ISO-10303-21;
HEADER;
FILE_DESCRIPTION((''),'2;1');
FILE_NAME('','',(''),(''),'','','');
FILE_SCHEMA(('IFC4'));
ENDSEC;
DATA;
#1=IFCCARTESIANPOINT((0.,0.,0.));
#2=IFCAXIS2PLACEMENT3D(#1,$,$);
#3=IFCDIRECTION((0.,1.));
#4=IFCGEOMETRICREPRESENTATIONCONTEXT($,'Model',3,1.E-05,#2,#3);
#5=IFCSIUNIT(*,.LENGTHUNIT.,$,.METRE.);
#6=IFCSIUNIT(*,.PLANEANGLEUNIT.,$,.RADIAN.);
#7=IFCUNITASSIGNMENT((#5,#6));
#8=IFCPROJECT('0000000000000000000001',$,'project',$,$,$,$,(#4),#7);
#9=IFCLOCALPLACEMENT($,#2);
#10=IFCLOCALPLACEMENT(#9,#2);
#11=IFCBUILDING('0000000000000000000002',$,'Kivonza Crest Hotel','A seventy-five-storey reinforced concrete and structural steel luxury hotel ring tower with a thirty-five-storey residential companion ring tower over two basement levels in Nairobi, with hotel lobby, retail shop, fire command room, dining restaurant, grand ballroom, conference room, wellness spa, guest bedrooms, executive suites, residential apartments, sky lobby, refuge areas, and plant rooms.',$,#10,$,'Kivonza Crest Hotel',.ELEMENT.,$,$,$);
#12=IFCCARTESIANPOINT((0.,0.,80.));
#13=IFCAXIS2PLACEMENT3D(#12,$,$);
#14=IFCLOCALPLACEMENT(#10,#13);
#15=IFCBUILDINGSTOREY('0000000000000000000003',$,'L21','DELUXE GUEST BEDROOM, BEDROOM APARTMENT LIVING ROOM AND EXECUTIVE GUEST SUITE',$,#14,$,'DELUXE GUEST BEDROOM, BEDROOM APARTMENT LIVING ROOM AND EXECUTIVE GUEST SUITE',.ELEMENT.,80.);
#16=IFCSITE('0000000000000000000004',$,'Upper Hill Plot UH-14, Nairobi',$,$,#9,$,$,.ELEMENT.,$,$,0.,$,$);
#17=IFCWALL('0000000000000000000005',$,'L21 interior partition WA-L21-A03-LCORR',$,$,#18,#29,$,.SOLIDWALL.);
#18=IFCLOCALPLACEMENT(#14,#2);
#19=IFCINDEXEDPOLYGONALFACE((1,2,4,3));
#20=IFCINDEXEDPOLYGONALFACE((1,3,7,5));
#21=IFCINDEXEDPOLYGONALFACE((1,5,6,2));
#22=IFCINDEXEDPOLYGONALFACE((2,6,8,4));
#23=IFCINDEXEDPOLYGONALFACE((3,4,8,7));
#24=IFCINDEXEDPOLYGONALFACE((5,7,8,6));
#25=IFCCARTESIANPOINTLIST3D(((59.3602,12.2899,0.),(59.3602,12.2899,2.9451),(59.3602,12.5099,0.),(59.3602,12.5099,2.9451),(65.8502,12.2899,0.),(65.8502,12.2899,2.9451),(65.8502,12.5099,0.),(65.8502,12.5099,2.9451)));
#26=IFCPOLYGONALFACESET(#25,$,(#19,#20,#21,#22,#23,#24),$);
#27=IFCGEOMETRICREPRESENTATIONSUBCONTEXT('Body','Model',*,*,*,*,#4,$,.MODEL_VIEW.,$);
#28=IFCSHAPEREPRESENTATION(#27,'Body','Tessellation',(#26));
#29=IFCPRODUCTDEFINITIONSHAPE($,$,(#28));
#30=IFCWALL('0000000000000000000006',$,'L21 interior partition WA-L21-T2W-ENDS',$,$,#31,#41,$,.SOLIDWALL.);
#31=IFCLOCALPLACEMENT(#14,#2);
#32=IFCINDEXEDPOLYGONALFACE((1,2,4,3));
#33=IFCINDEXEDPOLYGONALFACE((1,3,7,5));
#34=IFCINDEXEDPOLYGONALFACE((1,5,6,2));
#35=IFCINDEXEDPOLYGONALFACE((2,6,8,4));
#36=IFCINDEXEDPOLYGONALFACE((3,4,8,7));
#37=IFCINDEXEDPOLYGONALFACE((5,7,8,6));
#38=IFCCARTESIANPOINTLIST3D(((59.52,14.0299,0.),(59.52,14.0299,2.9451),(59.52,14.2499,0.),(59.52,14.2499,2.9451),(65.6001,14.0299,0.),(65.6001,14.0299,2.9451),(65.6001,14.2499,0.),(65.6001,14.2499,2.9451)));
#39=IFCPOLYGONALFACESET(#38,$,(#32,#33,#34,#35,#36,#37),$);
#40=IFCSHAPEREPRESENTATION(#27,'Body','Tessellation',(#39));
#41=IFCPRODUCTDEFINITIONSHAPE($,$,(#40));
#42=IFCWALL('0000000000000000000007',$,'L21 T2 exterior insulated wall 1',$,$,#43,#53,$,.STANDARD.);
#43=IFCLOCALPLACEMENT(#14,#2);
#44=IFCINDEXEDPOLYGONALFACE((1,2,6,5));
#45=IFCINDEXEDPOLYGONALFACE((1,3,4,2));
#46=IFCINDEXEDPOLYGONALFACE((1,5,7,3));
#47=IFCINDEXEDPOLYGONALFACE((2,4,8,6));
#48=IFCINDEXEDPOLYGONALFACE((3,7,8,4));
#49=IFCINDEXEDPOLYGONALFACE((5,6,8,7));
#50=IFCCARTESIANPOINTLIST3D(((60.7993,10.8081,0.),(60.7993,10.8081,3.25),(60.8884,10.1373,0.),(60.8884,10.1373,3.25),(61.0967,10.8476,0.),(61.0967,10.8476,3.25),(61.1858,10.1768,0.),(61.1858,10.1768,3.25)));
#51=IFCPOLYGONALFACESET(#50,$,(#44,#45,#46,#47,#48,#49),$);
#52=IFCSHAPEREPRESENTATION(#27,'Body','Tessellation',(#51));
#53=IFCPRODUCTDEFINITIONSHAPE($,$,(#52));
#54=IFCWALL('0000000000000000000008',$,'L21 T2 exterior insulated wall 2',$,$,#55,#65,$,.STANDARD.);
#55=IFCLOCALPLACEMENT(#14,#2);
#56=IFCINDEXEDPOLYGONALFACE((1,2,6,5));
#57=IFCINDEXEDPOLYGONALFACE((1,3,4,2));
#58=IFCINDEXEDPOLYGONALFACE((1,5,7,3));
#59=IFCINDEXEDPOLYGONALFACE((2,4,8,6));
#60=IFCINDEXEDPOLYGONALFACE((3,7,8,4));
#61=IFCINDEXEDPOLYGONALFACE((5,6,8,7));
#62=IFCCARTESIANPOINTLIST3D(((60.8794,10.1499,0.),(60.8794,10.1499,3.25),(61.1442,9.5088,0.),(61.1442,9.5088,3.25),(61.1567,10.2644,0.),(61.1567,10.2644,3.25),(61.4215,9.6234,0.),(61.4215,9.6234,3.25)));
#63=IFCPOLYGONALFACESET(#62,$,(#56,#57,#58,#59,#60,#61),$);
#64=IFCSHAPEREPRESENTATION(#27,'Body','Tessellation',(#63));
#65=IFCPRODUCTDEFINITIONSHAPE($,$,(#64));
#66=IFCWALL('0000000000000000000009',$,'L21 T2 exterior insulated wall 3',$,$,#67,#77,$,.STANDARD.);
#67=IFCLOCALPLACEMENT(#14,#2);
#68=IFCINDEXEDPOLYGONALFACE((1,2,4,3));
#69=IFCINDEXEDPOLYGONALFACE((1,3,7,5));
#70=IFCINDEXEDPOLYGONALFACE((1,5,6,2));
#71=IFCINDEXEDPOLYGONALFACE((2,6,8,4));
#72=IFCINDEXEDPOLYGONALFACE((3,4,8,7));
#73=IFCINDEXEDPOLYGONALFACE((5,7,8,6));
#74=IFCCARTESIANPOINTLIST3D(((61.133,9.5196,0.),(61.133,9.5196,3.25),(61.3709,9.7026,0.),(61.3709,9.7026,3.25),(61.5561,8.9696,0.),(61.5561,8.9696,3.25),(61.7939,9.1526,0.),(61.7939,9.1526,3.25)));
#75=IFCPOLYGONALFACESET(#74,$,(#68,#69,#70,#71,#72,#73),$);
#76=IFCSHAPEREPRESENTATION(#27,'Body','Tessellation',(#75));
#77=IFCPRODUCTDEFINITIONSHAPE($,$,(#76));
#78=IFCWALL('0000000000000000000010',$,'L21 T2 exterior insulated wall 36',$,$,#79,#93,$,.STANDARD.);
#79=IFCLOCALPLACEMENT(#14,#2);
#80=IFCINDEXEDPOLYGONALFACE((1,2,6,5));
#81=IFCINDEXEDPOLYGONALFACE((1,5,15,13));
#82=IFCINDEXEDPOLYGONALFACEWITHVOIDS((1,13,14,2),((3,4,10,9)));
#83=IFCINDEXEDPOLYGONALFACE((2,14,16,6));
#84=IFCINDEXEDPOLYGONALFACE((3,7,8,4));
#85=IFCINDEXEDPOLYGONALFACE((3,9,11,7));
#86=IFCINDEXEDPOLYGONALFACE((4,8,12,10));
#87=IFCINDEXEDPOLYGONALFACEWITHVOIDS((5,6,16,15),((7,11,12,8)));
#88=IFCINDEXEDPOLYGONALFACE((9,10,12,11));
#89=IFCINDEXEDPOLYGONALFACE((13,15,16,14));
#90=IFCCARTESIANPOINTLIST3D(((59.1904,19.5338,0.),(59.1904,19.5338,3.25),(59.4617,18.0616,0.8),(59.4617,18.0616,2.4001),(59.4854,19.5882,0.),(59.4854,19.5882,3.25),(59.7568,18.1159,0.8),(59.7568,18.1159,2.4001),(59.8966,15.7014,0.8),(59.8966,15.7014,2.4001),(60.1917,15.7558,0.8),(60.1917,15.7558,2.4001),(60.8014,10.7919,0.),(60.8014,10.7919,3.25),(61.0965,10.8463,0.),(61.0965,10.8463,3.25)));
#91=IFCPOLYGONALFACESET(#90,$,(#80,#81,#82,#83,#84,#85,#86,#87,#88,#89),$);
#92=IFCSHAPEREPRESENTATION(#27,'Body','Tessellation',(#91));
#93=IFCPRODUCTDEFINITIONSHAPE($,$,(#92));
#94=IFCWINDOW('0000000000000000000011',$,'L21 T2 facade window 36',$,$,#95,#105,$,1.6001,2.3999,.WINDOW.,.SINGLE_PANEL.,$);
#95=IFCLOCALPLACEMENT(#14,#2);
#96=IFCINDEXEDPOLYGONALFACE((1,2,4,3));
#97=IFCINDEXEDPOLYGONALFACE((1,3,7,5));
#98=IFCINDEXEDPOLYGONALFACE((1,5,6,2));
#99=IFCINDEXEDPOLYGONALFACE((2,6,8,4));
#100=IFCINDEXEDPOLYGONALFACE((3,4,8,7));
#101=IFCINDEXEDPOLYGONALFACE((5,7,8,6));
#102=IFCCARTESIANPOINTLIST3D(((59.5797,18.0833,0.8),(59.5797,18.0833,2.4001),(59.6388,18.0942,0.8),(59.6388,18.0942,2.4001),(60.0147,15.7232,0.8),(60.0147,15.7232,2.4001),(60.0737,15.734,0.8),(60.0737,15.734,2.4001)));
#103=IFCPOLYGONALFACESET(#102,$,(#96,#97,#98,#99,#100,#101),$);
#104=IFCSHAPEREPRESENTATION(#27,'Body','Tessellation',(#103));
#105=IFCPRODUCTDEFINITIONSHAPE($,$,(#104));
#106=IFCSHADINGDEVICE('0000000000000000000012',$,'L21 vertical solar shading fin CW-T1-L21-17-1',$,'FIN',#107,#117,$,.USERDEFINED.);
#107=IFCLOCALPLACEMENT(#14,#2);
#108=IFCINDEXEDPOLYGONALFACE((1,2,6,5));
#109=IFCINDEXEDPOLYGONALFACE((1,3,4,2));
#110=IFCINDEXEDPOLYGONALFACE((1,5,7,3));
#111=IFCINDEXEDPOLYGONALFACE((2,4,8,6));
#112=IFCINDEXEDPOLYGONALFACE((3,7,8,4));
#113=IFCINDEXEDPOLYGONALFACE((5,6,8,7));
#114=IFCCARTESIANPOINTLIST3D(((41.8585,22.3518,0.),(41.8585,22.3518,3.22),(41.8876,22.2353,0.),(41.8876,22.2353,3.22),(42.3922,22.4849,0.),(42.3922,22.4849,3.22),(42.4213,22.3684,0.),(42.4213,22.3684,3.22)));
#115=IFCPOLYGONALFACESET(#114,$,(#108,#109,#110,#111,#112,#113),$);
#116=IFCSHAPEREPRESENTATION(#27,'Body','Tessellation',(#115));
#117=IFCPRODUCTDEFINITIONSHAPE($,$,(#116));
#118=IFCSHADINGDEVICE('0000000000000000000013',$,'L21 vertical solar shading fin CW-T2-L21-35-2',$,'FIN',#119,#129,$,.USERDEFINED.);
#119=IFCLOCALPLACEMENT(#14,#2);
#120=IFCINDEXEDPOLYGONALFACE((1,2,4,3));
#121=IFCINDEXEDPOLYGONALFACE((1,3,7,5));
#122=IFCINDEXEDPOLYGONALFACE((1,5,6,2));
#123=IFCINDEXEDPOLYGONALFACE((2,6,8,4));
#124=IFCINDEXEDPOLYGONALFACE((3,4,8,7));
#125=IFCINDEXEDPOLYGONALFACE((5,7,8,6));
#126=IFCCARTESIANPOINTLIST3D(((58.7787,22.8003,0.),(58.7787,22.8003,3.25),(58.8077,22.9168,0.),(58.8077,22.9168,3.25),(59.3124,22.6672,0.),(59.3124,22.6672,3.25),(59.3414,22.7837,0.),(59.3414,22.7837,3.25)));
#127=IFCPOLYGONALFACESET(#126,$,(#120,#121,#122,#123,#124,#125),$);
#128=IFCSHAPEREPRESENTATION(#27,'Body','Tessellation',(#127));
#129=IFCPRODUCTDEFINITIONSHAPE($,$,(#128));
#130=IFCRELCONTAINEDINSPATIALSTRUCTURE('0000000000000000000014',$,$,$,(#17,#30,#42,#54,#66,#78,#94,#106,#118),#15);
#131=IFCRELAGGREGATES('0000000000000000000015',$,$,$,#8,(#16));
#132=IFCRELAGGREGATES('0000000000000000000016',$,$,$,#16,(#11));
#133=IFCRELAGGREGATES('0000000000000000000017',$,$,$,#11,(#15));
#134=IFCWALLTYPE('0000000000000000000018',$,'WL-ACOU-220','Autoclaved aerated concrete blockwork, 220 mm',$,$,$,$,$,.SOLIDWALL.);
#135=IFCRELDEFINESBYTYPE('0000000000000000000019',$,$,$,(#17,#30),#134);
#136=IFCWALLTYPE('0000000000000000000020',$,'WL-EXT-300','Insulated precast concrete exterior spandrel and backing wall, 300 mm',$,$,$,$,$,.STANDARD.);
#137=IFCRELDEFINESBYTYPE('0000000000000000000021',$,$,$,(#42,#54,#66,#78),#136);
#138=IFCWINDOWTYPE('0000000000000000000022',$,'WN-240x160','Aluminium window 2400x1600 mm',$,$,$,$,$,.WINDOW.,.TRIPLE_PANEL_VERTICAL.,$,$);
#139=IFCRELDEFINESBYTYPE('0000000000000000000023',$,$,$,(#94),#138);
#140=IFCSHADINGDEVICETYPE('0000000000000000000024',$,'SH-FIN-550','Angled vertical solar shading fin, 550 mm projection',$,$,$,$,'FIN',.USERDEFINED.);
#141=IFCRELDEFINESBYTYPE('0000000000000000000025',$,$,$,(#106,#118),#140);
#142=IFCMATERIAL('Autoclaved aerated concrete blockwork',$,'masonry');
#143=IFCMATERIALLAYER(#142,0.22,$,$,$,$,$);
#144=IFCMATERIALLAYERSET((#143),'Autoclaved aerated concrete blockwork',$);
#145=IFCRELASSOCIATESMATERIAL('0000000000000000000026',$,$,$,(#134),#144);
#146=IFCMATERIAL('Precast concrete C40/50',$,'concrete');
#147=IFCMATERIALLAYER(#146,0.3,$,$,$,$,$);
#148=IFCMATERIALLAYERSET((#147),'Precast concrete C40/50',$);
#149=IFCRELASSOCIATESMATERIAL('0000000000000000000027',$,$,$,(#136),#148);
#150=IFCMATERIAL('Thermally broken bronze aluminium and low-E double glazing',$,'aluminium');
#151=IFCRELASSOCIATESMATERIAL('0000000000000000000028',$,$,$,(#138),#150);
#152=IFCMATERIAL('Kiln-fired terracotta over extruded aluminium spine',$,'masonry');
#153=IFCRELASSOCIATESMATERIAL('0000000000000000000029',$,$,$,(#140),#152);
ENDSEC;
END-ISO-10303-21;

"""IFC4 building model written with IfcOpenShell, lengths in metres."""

from ifc_helpers import new_model, si_unit, direction, frame, frame_2d, origin, origin_2d, place, context, subcontext, project, spatial, rectangle, extrude, material, layer, layer_set, type_object, element, fill, save


model = new_model("IFC4")

# Units and contexts
model_context = context("Model", 3, precision=1e-05, world=origin(), true_north=direction((0.0, 1.0)))
body_context = subcontext(model_context, "Body", "Model", "MODEL_VIEW")
ifc_project = project(units=[si_unit("LENGTHUNIT", "METRE"), si_unit("PLANEANGLEUNIT", "RADIAN")], contexts=[model_context])

# Site, building, storey
site_placement = place(None, origin())
site = spatial("IfcSite", under=ifc_project, at=site_placement, Name="Upper Hill Plot UH-14, Nairobi", CompositionType="ELEMENT", RefElevation=0.0)
building_placement = place(site_placement, origin())
building = spatial("IfcBuilding", under=site, at=building_placement, Name="Kivonza Crest Hotel", Description="A seventy-five-storey reinforced concrete and structural steel luxury hotel ring tower with a thirty-five-storey residential companion ring tower over two basement levels in Nairobi, with hotel lobby, retail shop, fire command room, dining restaurant, grand ballroom, conference room, wellness spa, guest bedrooms, executive suites, residential apartments, sky lobby, refuge areas, and plant rooms.", LongName="Kivonza Crest Hotel", CompositionType="ELEMENT")
storey_placement = place(building_placement, frame((0.0, 0.0, 80.0)))
storey = spatial("IfcBuildingStorey", under=building, at=storey_placement, Name="L21", Description="DELUXE GUEST BEDROOM, BEDROOM APARTMENT LIVING ROOM AND EXECUTIVE GUEST SUITE", LongName="DELUXE GUEST BEDROOM, BEDROOM APARTMENT LIVING ROOM AND EXECUTIVE GUEST SUITE", CompositionType="ELEMENT", Elevation=80.0)

# Walls
ifc_material_1 = material(Name="Autoclaved aerated concrete blockwork", Category="masonry")
ifc_layer_1 = layer(ifc_material_1, 0.22)
ifc_layer_set_1 = layer_set([ifc_layer_1], Name="Autoclaved aerated concrete blockwork")
wall_type_1 = type_object("IfcWallType", Name="WL-ACOU-220", Description="Autoclaved aerated concrete blockwork, 220 mm", PredefinedType="SOLIDWALL", material=ifc_layer_set_1)
wall_1_placement = place(storey_placement, frame((59.3601, 12.3999, 0.0), z_axis=(0.0, 0.0, 1.0), x_axis=(1.0, 0.0, 0.0)))
element("IfcWall", 1, at=wall_1_placement, inside=storey, type_object=wall_type_1, Name="L21 interior partition WA-L21-A03-LCORR", PredefinedType="SOLIDWALL", context=body_context, shape_type="SweptSolid", body=[
    extrude(rectangle(XDim=6.49, YDim=0.22, at=frame_2d((3.2451, 0.0))), origin(), (0.0, 0.0, 1.0), 2.9451),
])
wall_2_placement = place(storey_placement, frame((59.52, 14.1399, 0.0), z_axis=(0.0, 0.0, 1.0), x_axis=(1.0, 0.0, 0.0)))
element("IfcWall", 2, at=wall_2_placement, inside=storey, type_object=wall_type_1, Name="L21 interior partition WA-L21-T2W-ENDS", PredefinedType="SOLIDWALL", context=body_context, shape_type="SweptSolid", body=[
    extrude(rectangle(XDim=6.0801, YDim=0.22, at=frame_2d((3.04, 0.0))), origin(), (0.0, 0.0, 1.0), 2.9451),
])
ifc_material_2 = material(Name="Precast concrete C40/50", Category="concrete")
ifc_layer_2 = layer(ifc_material_2, 0.3)
ifc_layer_set_2 = layer_set([ifc_layer_2], Name="Precast concrete C40/50")
wall_type_2 = type_object("IfcWallType", Name="WL-EXT-300", Description="Insulated precast concrete exterior spandrel and backing wall, 300 mm", PredefinedType="STANDARD", material=ifc_layer_set_2)
wall_3_placement = place(storey_placement, frame((60.948, 10.8279, 0.0), z_axis=(0.0, 0.0, 1.0), x_axis=(0.131667, -0.991294, 0.0)))
element("IfcWall", 3, at=wall_3_placement, inside=storey, type_object=wall_type_2, Name="L21 T2 exterior insulated wall 1", PredefinedType="STANDARD", context=body_context, shape_type="SweptSolid", body=[
    extrude(rectangle(XDim=0.6768, YDim=0.3, at=frame_2d((0.3384, 0.0))), origin(), (0.0, 0.0, 1.0), 3.25),
])
wall_4_placement = place(storey_placement, frame((61.0181, 10.207, 0.0), z_axis=(0.0, 0.0, 1.0), x_axis=(0.381865, -0.924218, 0.0)))
element("IfcWall", 4, at=wall_4_placement, inside=storey, type_object=wall_type_2, Name="L21 T2 exterior insulated wall 2", PredefinedType="STANDARD", context=body_context, shape_type="SweptSolid", body=[
    extrude(rectangle(XDim=0.6936, YDim=0.3, at=frame_2d((0.3467, 0.0))), origin(), (0.0, 0.0, 1.0), 3.25),
])
wall_5_placement = place(storey_placement, frame((61.252, 9.6111, 0.0), z_axis=(0.0, 0.0, 1.0), x_axis=(0.609694, -0.792637, 0.0)))
element("IfcWall", 5, at=wall_5_placement, inside=storey, type_object=wall_type_2, Name="L21 T2 exterior insulated wall 3", PredefinedType="STANDARD", context=body_context, shape_type="SweptSolid", body=[
    extrude(rectangle(XDim=0.6938, YDim=0.3, at=frame_2d((0.3469, 0.0))), origin(), (0.0, 0.0, 1.0), 3.25),
])

# Wall, opening, window
wall_6_placement = place(storey_placement, frame((59.3379, 19.561, 0.0), z_axis=(0.0, 0.0, 1.0), x_axis=(0.181241, -0.983439, 0.0)))
wall_6 = element("IfcWall", 6, at=wall_6_placement, inside=storey, type_object=wall_type_2, Name="L21 T2 exterior insulated wall 36", PredefinedType="STANDARD", context=body_context, shape_type="SweptSolid", body=[
    extrude(rectangle(XDim=8.8892, YDim=0.3, at=frame_2d((4.4446, 0.0))), origin(), (0.0, 0.0, 1.0), 3.25),
])
opening_placement = place(wall_6_placement, frame((1.4971, 0.0, 0.8)))
opening = element("IfcOpeningElement", 7, at=opening_placement, cuts=wall_6, PredefinedType="OPENING", context=body_context, shape_type="SweptSolid", body=[
    extrude(rectangle(XDim=2.3999, YDim=1.6001, at=frame_2d((1.2, 0.8))), frame((0.0, 0.1602, 0.0), z_axis=(0.0, -1.0, 0.0), x_axis=(1.0, 0.0, 0.0)), (0.0, 0.0, 1.0), 0.3201),
])
ifc_material_3 = material(Name="Thermally broken bronze aluminium and low-E double glazing", Category="aluminium")
window_type = type_object("IfcWindowType", Name="WN-240x160", Description="Aluminium window 2400x1600 mm", PartitioningType="TRIPLE_PANEL_VERTICAL", PredefinedType="WINDOW", material=ifc_material_3)
window_placement = place(opening_placement, origin())
window = element("IfcWindow", 8, at=window_placement, inside=storey, type_object=window_type, Name="L21 T2 facade window 36", OverallHeight=1.6001, OverallWidth=2.3999, PartitioningType="SINGLE_PANEL", PredefinedType="WINDOW", context=body_context, shape_type="SweptSolid", body=[
    extrude(rectangle(XDim=2.3999, YDim=1.6001, at=frame_2d((1.2, 0.8))), frame((0.0, 0.03, 0.0), z_axis=(0.0, -1.0, 0.0), x_axis=(1.0, 0.0, 0.0)), (0.0, 0.0, 1.0), 0.0601),
])
fill(opening, window)

# Shading devices
ifc_material_4 = material(Name="Kiln-fired terracotta over extruded aluminium spine", Category="masonry")
shading_device_type = type_object("IfcShadingDeviceType", Name="SH-FIN-550", Description="Angled vertical solar shading fin, 550 mm projection", ElementType="FIN", PredefinedType="USERDEFINED", material=ifc_material_4)
shading_device_1_placement = place(storey_placement, frame((42.1399, 22.3601, 0.0), z_axis=(0.0, 0.0, 1.0), x_axis=(-0.241922, 0.970296, 0.0)))
element("IfcShadingDevice", 9, at=shading_device_1_placement, inside=storey, type_object=shading_device_type, Name="L21 vertical solar shading fin CW-T1-L21-17-1", ObjectType="FIN", PredefinedType="USERDEFINED", context=body_context, shape_type="SweptSolid", body=[
    extrude(rectangle(XDim=0.1201, YDim=0.55, at=origin_2d()), origin(), (0.0, 0.0, 1.0), 3.22),
])
shading_device_2_placement = place(storey_placement, frame((59.0601, 22.792, 0.0), z_axis=(0.0, 0.0, 1.0), x_axis=(-0.241922, -0.970296, 0.0)))
element("IfcShadingDevice", 10, at=shading_device_2_placement, inside=storey, type_object=shading_device_type, Name="L21 vertical solar shading fin CW-T2-L21-35-2", ObjectType="FIN", PredefinedType="USERDEFINED", context=body_context, shape_type="SweptSolid", body=[
    extrude(rectangle(XDim=0.1201, YDim=0.55, at=origin_2d()), origin(), (0.0, 0.0, 1.0), 3.25),
])

save(model, "model.ifc")
